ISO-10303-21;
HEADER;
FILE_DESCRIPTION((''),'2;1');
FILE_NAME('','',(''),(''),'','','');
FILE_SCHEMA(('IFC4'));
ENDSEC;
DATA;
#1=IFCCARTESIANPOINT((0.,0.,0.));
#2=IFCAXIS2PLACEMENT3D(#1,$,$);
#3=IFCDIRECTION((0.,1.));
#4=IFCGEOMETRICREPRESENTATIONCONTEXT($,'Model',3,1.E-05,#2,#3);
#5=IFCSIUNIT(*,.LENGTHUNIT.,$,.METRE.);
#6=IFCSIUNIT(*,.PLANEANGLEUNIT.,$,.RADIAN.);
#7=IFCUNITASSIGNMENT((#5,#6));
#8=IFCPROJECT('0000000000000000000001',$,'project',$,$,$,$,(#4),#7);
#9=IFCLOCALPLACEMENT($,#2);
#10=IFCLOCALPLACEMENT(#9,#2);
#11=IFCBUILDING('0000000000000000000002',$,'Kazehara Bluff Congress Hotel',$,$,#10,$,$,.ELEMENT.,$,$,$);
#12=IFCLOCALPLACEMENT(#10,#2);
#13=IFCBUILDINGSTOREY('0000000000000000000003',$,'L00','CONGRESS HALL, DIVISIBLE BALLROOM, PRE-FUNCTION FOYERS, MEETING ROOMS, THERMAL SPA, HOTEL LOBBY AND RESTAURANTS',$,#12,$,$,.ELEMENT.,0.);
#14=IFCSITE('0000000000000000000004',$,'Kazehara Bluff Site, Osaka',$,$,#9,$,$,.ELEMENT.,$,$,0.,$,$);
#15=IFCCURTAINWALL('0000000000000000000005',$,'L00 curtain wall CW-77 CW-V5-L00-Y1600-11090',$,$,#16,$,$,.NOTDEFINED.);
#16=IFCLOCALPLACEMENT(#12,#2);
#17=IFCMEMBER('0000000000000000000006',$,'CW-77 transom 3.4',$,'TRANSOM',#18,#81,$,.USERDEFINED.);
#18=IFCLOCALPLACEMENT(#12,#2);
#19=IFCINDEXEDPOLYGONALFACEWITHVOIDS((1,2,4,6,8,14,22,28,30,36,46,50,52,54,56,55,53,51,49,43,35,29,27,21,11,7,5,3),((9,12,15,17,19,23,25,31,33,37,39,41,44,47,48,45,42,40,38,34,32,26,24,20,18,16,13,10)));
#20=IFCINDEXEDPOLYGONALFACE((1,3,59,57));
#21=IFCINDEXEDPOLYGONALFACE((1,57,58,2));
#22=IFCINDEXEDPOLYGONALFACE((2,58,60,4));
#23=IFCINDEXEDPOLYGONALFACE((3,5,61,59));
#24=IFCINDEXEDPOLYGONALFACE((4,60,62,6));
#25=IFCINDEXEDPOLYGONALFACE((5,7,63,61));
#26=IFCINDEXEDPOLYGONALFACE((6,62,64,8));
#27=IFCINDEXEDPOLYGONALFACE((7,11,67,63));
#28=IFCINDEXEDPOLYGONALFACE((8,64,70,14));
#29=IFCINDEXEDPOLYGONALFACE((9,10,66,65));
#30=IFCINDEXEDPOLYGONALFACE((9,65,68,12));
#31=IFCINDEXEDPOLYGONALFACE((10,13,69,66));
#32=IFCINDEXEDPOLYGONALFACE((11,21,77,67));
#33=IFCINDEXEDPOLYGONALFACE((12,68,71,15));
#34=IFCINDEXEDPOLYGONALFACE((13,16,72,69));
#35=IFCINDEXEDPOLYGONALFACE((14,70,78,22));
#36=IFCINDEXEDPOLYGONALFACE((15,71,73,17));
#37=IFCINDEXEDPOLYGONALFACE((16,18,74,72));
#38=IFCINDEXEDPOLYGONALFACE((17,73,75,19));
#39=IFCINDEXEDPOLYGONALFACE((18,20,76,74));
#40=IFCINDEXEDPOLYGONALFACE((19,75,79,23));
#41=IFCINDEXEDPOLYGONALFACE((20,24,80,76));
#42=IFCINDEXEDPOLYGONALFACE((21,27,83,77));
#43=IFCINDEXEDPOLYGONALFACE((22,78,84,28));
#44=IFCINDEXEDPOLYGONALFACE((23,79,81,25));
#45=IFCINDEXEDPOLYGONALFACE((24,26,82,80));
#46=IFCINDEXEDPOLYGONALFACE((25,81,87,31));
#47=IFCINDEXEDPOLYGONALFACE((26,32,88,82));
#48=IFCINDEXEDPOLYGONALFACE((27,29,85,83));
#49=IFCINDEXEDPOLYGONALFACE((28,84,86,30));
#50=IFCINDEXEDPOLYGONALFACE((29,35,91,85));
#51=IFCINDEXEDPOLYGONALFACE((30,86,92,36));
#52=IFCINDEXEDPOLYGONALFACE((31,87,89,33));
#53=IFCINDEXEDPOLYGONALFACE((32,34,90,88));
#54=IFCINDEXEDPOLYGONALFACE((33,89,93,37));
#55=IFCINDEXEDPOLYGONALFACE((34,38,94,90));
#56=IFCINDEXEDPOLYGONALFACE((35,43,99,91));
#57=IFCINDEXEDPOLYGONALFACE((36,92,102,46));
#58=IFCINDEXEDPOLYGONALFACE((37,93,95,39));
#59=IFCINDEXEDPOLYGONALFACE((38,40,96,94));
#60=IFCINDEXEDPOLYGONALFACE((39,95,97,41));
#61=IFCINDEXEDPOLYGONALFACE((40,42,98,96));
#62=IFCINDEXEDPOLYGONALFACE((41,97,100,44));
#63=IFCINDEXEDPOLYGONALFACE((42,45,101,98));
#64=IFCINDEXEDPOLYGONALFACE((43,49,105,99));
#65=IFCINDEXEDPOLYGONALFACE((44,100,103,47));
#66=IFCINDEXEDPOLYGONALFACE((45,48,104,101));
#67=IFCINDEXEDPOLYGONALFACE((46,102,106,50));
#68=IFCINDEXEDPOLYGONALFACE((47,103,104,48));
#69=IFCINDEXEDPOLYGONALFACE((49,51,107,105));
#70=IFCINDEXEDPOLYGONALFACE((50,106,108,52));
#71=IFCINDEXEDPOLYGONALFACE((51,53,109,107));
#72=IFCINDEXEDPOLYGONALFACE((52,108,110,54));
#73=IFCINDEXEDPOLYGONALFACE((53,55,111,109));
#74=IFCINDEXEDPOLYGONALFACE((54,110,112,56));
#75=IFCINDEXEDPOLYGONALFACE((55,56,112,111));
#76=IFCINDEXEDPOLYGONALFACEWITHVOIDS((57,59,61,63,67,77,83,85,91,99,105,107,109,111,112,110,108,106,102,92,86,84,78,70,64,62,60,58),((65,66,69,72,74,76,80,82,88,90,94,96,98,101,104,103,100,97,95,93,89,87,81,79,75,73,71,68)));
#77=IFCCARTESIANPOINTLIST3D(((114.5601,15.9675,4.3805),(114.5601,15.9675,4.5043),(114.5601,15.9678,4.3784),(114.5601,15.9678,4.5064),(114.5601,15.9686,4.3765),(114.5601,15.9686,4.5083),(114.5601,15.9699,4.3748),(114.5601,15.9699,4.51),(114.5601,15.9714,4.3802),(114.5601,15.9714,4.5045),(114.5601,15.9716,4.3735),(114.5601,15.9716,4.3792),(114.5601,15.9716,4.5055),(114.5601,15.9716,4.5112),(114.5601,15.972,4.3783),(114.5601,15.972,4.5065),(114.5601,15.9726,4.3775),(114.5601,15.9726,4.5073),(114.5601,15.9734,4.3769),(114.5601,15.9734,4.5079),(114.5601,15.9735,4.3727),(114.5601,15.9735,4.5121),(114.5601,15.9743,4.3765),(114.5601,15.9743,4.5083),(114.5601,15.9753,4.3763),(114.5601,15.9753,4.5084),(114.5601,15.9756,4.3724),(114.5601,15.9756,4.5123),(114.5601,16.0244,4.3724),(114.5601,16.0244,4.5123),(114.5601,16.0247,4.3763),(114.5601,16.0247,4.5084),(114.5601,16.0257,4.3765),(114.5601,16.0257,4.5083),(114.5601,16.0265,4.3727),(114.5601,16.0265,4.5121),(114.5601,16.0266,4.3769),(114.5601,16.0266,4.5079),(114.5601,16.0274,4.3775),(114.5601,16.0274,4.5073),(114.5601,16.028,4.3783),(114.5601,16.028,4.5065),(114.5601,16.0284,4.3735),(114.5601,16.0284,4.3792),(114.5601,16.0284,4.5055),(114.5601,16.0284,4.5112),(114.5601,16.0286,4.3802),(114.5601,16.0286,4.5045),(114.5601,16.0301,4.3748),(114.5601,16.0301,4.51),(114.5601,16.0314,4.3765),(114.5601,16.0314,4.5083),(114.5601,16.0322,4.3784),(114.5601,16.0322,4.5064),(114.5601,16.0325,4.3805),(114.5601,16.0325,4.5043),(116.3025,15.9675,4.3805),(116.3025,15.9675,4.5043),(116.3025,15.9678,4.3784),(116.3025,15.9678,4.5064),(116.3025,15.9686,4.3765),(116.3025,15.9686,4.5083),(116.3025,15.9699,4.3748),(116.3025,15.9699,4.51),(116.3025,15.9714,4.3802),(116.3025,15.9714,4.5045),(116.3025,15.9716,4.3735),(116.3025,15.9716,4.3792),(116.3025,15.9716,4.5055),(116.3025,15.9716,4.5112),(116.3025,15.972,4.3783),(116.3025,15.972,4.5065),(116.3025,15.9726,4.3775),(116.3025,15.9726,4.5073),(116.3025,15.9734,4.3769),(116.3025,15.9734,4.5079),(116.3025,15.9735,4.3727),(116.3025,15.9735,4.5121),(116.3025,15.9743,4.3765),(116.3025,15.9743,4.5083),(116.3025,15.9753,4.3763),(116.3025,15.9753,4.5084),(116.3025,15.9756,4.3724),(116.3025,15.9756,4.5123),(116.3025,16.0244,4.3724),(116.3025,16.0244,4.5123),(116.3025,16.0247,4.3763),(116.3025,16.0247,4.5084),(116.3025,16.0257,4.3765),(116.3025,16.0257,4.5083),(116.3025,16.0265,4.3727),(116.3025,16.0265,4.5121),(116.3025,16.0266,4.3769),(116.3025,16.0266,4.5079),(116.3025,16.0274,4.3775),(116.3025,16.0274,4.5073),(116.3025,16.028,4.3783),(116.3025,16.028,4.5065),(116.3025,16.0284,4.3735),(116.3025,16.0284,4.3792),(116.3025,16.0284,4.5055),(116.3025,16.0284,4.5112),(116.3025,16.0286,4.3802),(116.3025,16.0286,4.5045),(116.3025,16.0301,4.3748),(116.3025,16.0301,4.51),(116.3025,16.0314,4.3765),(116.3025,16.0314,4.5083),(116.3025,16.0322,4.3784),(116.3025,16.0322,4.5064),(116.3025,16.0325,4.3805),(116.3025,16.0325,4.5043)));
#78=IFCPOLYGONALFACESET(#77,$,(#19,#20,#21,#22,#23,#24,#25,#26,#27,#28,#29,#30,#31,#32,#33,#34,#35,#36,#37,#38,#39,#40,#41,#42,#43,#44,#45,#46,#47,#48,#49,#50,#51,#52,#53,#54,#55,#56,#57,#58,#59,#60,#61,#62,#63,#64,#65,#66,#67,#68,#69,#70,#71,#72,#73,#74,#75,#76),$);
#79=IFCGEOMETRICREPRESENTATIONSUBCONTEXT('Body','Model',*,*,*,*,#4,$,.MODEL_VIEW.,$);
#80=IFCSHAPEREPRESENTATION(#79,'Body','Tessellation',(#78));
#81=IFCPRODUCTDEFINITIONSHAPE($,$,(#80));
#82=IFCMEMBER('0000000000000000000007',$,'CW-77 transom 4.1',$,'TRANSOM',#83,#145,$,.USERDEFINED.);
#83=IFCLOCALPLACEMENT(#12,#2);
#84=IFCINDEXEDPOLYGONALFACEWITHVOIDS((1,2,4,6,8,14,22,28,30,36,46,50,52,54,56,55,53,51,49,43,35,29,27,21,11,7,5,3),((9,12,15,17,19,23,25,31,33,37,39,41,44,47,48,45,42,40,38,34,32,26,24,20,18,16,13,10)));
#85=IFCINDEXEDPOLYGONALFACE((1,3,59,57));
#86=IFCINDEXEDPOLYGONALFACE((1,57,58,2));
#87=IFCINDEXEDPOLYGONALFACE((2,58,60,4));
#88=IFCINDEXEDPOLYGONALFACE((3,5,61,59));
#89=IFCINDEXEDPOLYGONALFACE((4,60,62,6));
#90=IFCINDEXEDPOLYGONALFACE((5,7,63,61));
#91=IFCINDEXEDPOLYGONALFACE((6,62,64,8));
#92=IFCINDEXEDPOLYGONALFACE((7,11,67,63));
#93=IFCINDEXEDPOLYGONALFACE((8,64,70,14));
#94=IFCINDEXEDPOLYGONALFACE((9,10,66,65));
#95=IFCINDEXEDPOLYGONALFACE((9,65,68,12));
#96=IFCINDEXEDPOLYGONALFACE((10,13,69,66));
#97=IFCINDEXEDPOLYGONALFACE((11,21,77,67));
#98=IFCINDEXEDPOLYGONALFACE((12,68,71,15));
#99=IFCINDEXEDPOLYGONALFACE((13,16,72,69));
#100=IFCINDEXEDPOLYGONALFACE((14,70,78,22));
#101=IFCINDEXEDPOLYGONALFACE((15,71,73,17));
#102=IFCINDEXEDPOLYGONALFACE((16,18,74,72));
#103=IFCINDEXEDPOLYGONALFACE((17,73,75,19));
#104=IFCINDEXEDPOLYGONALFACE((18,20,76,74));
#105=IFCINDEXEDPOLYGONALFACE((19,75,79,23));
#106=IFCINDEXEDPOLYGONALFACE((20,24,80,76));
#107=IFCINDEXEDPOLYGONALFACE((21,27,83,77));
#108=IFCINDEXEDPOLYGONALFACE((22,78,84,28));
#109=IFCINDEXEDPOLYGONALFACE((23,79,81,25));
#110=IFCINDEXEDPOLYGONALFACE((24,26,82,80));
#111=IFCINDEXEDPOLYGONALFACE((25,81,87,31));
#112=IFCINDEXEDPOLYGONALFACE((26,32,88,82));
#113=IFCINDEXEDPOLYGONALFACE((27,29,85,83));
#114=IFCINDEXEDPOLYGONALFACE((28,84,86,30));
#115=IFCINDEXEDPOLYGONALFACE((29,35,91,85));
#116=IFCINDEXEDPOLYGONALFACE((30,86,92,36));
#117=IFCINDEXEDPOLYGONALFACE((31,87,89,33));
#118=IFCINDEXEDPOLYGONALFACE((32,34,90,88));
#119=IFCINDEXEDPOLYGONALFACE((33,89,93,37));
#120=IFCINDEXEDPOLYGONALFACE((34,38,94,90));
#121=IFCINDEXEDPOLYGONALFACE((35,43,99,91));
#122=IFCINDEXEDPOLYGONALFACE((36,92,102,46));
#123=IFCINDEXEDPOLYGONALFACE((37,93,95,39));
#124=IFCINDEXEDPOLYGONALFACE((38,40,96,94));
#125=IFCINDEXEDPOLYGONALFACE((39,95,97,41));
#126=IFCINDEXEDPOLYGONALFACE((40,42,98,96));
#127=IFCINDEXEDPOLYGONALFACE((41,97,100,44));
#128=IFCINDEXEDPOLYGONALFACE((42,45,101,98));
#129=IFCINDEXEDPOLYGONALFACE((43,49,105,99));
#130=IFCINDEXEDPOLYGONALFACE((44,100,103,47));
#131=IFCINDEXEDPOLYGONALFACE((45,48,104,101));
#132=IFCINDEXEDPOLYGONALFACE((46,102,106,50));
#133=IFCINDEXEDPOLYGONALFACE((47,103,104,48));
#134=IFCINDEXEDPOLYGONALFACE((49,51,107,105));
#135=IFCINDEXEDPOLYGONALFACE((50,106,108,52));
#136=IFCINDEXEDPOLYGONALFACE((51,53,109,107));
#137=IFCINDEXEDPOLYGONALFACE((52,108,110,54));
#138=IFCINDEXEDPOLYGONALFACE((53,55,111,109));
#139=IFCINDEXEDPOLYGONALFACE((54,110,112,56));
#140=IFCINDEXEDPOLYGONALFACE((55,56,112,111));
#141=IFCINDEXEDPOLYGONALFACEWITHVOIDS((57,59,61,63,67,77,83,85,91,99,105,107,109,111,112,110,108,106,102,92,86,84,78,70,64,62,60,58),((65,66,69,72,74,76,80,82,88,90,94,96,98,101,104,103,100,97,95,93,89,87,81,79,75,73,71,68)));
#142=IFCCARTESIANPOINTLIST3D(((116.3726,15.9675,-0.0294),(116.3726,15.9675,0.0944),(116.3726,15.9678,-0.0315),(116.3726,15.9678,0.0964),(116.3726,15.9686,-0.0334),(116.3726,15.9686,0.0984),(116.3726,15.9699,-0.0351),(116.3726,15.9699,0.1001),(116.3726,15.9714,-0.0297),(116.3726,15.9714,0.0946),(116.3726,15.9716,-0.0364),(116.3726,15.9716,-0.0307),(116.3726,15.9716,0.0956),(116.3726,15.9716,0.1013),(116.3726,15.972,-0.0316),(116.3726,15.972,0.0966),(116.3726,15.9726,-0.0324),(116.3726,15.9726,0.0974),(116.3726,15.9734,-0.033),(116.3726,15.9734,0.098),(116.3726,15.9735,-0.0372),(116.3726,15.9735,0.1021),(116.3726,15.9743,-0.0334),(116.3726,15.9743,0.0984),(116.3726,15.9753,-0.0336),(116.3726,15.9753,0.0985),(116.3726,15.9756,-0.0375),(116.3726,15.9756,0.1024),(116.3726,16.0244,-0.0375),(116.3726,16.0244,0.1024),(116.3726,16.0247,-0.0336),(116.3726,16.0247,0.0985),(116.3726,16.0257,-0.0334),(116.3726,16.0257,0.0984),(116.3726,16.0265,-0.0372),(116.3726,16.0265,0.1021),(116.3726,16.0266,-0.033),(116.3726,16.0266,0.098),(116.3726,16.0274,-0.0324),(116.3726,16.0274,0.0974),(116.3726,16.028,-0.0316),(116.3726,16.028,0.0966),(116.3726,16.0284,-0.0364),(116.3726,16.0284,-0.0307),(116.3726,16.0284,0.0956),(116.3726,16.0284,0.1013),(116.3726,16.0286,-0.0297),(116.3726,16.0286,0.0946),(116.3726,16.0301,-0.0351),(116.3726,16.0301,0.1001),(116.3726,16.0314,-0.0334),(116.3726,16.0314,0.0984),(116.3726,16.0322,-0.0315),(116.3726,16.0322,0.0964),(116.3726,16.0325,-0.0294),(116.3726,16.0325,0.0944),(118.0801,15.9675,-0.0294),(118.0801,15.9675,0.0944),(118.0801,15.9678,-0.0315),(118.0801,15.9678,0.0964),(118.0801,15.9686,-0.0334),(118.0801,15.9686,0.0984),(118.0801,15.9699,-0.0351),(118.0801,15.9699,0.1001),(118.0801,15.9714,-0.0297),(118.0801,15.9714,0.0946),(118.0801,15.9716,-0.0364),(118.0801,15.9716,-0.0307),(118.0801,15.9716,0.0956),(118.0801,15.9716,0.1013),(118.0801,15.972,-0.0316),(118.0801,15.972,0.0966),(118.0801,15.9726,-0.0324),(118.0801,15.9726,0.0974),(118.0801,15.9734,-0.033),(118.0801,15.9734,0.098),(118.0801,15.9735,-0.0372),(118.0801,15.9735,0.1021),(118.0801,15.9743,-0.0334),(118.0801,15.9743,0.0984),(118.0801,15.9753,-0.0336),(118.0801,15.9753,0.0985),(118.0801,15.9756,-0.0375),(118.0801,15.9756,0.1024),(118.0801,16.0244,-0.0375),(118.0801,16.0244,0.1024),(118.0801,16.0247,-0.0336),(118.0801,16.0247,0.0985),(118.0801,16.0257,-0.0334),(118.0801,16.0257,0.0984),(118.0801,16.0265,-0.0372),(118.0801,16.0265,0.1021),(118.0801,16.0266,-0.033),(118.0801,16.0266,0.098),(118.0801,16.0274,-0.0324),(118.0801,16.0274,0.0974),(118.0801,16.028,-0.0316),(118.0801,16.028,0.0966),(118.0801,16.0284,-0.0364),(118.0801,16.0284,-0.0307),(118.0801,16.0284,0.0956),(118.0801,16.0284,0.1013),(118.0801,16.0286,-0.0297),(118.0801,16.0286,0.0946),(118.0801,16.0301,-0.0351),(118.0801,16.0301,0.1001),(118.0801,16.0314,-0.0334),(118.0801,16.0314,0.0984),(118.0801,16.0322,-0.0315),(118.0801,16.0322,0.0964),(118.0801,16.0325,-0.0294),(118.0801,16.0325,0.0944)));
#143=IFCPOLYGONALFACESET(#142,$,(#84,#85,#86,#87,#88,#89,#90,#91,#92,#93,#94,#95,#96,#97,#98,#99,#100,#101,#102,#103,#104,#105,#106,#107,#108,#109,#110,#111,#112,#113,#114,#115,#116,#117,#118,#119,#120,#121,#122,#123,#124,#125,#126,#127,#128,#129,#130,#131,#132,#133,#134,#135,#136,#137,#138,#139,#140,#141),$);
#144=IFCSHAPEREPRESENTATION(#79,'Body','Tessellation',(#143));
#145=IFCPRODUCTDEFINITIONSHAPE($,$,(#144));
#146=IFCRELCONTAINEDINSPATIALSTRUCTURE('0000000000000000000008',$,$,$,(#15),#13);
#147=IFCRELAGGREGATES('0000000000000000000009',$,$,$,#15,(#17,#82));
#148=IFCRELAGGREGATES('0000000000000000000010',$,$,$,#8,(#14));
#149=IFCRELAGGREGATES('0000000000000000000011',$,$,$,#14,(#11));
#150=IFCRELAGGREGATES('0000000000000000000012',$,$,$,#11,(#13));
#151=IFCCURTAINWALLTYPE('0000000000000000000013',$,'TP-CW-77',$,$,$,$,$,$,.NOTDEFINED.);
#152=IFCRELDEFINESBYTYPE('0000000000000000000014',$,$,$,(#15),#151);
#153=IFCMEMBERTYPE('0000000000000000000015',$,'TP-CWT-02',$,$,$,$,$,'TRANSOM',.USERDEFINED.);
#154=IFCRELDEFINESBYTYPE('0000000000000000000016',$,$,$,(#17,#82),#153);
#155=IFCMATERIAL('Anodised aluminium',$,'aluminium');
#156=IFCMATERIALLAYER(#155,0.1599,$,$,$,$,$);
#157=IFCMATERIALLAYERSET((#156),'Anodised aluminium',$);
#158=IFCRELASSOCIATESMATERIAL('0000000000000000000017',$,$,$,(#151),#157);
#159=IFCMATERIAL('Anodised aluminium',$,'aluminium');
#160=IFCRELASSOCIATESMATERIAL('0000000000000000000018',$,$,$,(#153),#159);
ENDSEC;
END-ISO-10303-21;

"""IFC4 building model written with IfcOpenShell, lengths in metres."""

from ifc_helpers import new_model, si_unit, direction, frame, origin, origin_2d, place, context, subcontext, project, spatial, hollow_rectangle, extrude, material, layer, layer_set, material_profile, profile_set, type_object, element, aggregate, save


model = new_model("IFC4")

# Units and contexts
model_context = context("Model", 3, precision=1e-05, world=origin(), true_north=direction((0.0, 1.0)))
body_context = subcontext(model_context, "Body", "Model", "MODEL_VIEW")
ifc_project = project(units=[si_unit("LENGTHUNIT", "METRE"), si_unit("PLANEANGLEUNIT", "RADIAN")], contexts=[model_context])

# Site, building, storey
site_placement = place(None, origin())
site = spatial("IfcSite", under=ifc_project, at=site_placement, Name="Kazehara Bluff Site, Osaka", CompositionType="ELEMENT", RefElevation=0.0)
building_placement = place(site_placement, origin())
building = spatial("IfcBuilding", under=site, at=building_placement, Name="Kazehara Bluff Congress Hotel", CompositionType="ELEMENT")
storey_placement = place(building_placement, origin())
storey = spatial("IfcBuildingStorey", under=building, at=storey_placement, Name="L00", Description="CONGRESS HALL, DIVISIBLE BALLROOM, PRE-FUNCTION FOYERS, MEETING ROOMS, THERMAL SPA, HOTEL LOBBY AND RESTAURANTS", CompositionType="ELEMENT", Elevation=0.0)

# Curtain wall, members
ifc_material_1 = material(Name="Anodised aluminium", Category="aluminium")
ifc_layer_1 = layer(ifc_material_1, 0.1599)
ifc_layer_set_1 = layer_set([ifc_layer_1], Name="Anodised aluminium")
curtain_wall_type = type_object("IfcCurtainWallType", Name="TP-CW-77", PredefinedType="NOTDEFINED", material=ifc_layer_set_1)
curtain_wall_placement = place(storey_placement, origin())
curtain_wall = element("IfcCurtainWall", 1, at=curtain_wall_placement, inside=storey, type_object=curtain_wall_type, Name="L00 curtain wall CW-77 CW-V5-L00-Y1600-11090", PredefinedType="NOTDEFINED")
ifc_material_2 = material(Name="Anodised aluminium", Category="aluminium")
ifc_material_profile_1 = material_profile(ifc_material_2, hollow_rectangle(XDim=0.0649, YDim=0.1399, WallThickness=0.0039, InnerFilletRadius=0.0039, OuterFilletRadius=0.0081, at=origin_2d()))
ifc_profile_set_1 = profile_set([ifc_material_profile_1], Name="Anodised aluminium")
member_type_1 = type_object("IfcMemberType", Name="TP-CWT-02", ElementType="TRANSOM", PredefinedType="USERDEFINED", material=ifc_profile_set_1)
member_1_placement = place(storey_placement, frame((114.5601, 16.0, 4.4424), z_axis=(1.0, 0.0, 0.0), x_axis=(0.0, 1.0, 0.0)))
member_1 = element("IfcMember", 2, at=member_1_placement, type_object=member_type_1, Name="CW-77 transom 3.4", ObjectType="TRANSOM", PredefinedType="USERDEFINED", context=body_context, shape_type="SweptSolid", body=[
    extrude(hollow_rectangle(XDim=0.0649, YDim=0.1399, WallThickness=0.0039, InnerFilletRadius=0.0039, OuterFilletRadius=0.0081, at=origin_2d()), origin(), (0.0, 0.0, 1.0), 1.7424),
])
member_2_placement = place(storey_placement, frame((116.3726, 16.0, 0.0325), z_axis=(1.0, 0.0, 0.0), x_axis=(0.0, 1.0, 0.0)))
member_2 = element("IfcMember", 3, at=member_2_placement, type_object=member_type_1, Name="CW-77 transom 4.1", ObjectType="TRANSOM", PredefinedType="USERDEFINED", context=body_context, shape_type="SweptSolid", body=[
    extrude(hollow_rectangle(XDim=0.0649, YDim=0.1399, WallThickness=0.0039, InnerFilletRadius=0.0039, OuterFilletRadius=0.0081, at=origin_2d()), origin(), (0.0, 0.0, 1.0), 1.7075),
])

aggregate(curtain_wall, [member_1, member_2])

save(model, "model.ifc")
